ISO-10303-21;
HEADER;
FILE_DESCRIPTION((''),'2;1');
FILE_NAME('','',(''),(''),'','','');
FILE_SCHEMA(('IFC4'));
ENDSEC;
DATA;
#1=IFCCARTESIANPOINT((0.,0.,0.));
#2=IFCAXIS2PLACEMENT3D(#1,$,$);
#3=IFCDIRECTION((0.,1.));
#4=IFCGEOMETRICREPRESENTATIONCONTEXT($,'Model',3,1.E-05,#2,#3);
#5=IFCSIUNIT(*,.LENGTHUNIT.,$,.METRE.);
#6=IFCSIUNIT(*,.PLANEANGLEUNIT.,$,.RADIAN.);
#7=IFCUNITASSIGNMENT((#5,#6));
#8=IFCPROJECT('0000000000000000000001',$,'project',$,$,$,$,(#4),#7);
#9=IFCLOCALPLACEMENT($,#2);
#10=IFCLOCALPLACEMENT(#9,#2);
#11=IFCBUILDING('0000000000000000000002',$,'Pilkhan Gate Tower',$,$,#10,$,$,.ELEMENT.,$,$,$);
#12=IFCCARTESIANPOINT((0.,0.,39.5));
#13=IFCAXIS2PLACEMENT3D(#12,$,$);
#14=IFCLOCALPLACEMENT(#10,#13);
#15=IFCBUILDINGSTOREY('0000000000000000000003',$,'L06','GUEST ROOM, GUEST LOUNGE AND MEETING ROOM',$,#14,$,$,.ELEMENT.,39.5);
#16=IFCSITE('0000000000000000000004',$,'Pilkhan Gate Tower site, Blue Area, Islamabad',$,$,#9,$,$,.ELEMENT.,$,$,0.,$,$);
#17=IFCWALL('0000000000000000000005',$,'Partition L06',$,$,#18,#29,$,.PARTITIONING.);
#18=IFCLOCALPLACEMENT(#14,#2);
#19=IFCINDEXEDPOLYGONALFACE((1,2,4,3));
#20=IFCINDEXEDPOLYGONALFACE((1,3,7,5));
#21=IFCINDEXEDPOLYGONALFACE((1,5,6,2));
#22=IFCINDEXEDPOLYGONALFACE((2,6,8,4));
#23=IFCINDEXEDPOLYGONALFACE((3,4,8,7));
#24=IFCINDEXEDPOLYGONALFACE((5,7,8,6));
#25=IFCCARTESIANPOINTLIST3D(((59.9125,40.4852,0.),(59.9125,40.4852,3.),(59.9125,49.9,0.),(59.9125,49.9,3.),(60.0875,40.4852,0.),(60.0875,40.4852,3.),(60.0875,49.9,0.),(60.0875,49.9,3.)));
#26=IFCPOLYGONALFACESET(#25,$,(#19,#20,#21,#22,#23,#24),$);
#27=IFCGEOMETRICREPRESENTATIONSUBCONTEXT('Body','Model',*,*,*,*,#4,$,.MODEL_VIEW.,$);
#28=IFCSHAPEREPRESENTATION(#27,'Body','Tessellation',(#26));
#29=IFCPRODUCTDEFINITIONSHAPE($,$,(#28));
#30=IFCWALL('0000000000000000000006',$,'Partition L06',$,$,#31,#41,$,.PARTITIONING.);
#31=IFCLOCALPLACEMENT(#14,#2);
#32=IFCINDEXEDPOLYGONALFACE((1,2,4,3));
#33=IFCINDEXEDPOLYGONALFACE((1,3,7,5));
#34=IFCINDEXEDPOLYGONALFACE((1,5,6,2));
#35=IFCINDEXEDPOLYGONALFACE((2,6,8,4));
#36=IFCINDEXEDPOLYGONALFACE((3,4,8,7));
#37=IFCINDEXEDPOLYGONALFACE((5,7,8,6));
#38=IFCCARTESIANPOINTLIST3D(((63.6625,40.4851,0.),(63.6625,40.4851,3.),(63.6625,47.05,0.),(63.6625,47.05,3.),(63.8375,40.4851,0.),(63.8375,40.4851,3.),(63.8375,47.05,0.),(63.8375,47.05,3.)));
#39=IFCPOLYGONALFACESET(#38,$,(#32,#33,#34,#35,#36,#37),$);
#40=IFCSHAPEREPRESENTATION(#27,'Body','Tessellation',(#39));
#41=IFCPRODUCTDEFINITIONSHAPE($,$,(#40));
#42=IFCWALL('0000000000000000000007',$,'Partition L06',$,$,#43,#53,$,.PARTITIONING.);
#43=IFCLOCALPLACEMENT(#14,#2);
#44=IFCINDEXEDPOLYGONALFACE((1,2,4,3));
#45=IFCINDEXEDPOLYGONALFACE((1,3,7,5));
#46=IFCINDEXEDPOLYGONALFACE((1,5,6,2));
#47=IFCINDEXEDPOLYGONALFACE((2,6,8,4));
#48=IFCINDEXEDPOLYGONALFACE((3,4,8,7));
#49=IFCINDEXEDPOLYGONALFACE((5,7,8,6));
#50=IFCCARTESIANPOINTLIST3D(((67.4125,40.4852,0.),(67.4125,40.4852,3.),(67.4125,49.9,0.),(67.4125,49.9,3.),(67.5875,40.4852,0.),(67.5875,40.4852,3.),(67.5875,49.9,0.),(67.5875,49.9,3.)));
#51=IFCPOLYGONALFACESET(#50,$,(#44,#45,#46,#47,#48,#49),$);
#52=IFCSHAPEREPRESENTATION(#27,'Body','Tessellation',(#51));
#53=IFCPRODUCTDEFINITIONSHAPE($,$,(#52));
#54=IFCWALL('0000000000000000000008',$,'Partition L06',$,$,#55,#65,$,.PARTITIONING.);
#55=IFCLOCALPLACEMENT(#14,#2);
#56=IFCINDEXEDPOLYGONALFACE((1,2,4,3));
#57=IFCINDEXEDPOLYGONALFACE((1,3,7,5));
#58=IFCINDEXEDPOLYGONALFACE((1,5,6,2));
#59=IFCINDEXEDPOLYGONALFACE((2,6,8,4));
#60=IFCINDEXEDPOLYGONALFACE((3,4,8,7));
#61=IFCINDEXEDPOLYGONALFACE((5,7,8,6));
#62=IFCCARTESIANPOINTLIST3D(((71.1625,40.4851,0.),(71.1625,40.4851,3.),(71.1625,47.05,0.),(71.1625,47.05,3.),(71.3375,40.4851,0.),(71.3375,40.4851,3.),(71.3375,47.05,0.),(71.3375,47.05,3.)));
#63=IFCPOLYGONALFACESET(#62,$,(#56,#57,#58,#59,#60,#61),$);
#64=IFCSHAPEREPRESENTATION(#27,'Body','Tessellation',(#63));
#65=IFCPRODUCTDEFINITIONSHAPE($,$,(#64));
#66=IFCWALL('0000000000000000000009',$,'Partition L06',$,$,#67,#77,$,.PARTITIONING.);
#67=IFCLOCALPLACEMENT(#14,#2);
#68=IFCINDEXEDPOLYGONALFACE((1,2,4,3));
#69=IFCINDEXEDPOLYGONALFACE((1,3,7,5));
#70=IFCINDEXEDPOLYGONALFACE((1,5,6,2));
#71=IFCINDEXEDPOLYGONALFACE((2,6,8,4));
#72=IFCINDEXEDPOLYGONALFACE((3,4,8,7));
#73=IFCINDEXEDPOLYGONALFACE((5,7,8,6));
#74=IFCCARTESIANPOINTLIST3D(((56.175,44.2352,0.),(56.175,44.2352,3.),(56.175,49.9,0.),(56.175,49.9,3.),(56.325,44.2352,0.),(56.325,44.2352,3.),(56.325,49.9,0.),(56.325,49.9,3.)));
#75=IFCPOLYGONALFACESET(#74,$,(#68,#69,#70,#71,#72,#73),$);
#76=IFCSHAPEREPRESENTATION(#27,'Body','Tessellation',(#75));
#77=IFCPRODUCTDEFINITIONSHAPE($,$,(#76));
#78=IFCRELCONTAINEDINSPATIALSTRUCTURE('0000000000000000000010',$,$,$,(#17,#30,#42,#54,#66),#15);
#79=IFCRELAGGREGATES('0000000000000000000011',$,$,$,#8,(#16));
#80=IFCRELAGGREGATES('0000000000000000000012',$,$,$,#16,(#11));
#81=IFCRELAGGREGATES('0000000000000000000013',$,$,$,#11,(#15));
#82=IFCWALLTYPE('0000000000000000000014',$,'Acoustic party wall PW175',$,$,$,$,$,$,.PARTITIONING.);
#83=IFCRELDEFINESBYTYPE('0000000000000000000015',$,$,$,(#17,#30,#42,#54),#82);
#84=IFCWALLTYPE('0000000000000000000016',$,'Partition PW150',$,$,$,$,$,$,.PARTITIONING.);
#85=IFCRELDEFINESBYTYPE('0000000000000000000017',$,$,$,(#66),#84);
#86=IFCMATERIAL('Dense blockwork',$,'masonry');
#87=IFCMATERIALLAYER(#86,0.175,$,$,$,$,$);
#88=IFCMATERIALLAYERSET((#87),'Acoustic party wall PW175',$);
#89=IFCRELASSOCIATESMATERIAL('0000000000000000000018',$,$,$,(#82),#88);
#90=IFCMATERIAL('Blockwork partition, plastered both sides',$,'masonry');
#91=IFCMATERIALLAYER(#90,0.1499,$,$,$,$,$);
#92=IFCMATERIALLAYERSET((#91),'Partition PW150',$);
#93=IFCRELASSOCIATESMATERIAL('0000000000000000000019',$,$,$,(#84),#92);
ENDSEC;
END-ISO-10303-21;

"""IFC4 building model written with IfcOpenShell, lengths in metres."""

from ifc_helpers import new_model, si_unit, direction, frame, frame_2d, origin, place, context, subcontext, project, spatial, rectangle, extrude, material, layer, layer_set, type_object, element, save


model = new_model("IFC4")

# Units and contexts
model_context = context("Model", 3, precision=1e-05, world=origin(), true_north=direction((0.0, 1.0)))
body_context = subcontext(model_context, "Body", "Model", "MODEL_VIEW")
ifc_project = project(units=[si_unit("LENGTHUNIT", "METRE"), si_unit("PLANEANGLEUNIT", "RADIAN")], contexts=[model_context])

# Site, building, storey
site_placement = place(None, origin())
site = spatial("IfcSite", under=ifc_project, at=site_placement, Name="Pilkhan Gate Tower site, Blue Area, Islamabad", CompositionType="ELEMENT", RefElevation=0.0)
building_placement = place(site_placement, origin())
building = spatial("IfcBuilding", under=site, at=building_placement, Name="Pilkhan Gate Tower", CompositionType="ELEMENT")
storey_placement = place(building_placement, frame((0.0, 0.0, 39.5)))
storey = spatial("IfcBuildingStorey", under=building, at=storey_placement, Name="L06", Description="GUEST ROOM, GUEST LOUNGE AND MEETING ROOM", CompositionType="ELEMENT", Elevation=39.5)

# Walls
ifc_material_1 = material(Name="Dense blockwork", Category="masonry")
ifc_layer_1 = layer(ifc_material_1, 0.175)
ifc_layer_set_1 = layer_set([ifc_layer_1], Name="Acoustic party wall PW175")
wall_type_1 = type_object("IfcWallType", Name="Acoustic party wall PW175", PredefinedType="PARTITIONING", material=ifc_layer_set_1)
wall_1_placement = place(storey_placement, frame((60.0, 40.4851, 0.0), z_axis=(0.0, 0.0, 1.0), x_axis=(0.0, 1.0, 0.0)))
element("IfcWall", 1, at=wall_1_placement, inside=storey, type_object=wall_type_1, Name="Partition L06", PredefinedType="PARTITIONING", context=body_context, shape_type="SweptSolid", body=[
    extrude(rectangle(XDim=9.4148, YDim=0.175, at=frame_2d((4.7075, 0.0))), origin(), (0.0, 0.0, 1.0), 3.0),
])
wall_2_placement = place(storey_placement, frame((63.75, 40.4851, 0.0), z_axis=(0.0, 0.0, 1.0), x_axis=(0.0, 1.0, 0.0)))
element("IfcWall", 2, at=wall_2_placement, inside=storey, type_object=wall_type_1, Name="Partition L06", PredefinedType="PARTITIONING", context=body_context, shape_type="SweptSolid", body=[
    extrude(rectangle(XDim=6.5649, YDim=0.175, at=frame_2d((3.2825, 0.0))), origin(), (0.0, 0.0, 1.0), 3.0),
])
wall_3_placement = place(storey_placement, frame((67.5, 40.4851, 0.0), z_axis=(0.0, 0.0, 1.0), x_axis=(0.0, 1.0, 0.0)))
element("IfcWall", 3, at=wall_3_placement, inside=storey, type_object=wall_type_1, Name="Partition L06", PredefinedType="PARTITIONING", context=body_context, shape_type="SweptSolid", body=[
    extrude(rectangle(XDim=9.4148, YDim=0.175, at=frame_2d((4.7075, 0.0))), origin(), (0.0, 0.0, 1.0), 3.0),
])
wall_4_placement = place(storey_placement, frame((71.25, 40.4851, 0.0), z_axis=(0.0, 0.0, 1.0), x_axis=(0.0, 1.0, 0.0)))
element("IfcWall", 4, at=wall_4_placement, inside=storey, type_object=wall_type_1, Name="Partition L06", PredefinedType="PARTITIONING", context=body_context, shape_type="SweptSolid", body=[
    extrude(rectangle(XDim=6.5649, YDim=0.175, at=frame_2d((3.2825, 0.0))), origin(), (0.0, 0.0, 1.0), 3.0),
])
ifc_material_2 = material(Name="Blockwork partition, plastered both sides", Category="masonry")
ifc_layer_2 = layer(ifc_material_2, 0.1499)
ifc_layer_set_2 = layer_set([ifc_layer_2], Name="Partition PW150")
wall_type_2 = type_object("IfcWallType", Name="Partition PW150", PredefinedType="PARTITIONING", material=ifc_layer_set_2)
wall_5_placement = place(storey_placement, frame((56.25, 44.2351, 0.0), z_axis=(0.0, 0.0, 1.0), x_axis=(0.0, 1.0, 0.0)))
element("IfcWall", 5, at=wall_5_placement, inside=storey, type_object=wall_type_2, Name="Partition L06", PredefinedType="PARTITIONING", context=body_context, shape_type="SweptSolid", body=[
    extrude(rectangle(XDim=5.6648, YDim=0.1499, at=frame_2d((2.8325, 0.0))), origin(), (0.0, 0.0, 1.0), 3.0),
])

save(model, "model.ifc")
